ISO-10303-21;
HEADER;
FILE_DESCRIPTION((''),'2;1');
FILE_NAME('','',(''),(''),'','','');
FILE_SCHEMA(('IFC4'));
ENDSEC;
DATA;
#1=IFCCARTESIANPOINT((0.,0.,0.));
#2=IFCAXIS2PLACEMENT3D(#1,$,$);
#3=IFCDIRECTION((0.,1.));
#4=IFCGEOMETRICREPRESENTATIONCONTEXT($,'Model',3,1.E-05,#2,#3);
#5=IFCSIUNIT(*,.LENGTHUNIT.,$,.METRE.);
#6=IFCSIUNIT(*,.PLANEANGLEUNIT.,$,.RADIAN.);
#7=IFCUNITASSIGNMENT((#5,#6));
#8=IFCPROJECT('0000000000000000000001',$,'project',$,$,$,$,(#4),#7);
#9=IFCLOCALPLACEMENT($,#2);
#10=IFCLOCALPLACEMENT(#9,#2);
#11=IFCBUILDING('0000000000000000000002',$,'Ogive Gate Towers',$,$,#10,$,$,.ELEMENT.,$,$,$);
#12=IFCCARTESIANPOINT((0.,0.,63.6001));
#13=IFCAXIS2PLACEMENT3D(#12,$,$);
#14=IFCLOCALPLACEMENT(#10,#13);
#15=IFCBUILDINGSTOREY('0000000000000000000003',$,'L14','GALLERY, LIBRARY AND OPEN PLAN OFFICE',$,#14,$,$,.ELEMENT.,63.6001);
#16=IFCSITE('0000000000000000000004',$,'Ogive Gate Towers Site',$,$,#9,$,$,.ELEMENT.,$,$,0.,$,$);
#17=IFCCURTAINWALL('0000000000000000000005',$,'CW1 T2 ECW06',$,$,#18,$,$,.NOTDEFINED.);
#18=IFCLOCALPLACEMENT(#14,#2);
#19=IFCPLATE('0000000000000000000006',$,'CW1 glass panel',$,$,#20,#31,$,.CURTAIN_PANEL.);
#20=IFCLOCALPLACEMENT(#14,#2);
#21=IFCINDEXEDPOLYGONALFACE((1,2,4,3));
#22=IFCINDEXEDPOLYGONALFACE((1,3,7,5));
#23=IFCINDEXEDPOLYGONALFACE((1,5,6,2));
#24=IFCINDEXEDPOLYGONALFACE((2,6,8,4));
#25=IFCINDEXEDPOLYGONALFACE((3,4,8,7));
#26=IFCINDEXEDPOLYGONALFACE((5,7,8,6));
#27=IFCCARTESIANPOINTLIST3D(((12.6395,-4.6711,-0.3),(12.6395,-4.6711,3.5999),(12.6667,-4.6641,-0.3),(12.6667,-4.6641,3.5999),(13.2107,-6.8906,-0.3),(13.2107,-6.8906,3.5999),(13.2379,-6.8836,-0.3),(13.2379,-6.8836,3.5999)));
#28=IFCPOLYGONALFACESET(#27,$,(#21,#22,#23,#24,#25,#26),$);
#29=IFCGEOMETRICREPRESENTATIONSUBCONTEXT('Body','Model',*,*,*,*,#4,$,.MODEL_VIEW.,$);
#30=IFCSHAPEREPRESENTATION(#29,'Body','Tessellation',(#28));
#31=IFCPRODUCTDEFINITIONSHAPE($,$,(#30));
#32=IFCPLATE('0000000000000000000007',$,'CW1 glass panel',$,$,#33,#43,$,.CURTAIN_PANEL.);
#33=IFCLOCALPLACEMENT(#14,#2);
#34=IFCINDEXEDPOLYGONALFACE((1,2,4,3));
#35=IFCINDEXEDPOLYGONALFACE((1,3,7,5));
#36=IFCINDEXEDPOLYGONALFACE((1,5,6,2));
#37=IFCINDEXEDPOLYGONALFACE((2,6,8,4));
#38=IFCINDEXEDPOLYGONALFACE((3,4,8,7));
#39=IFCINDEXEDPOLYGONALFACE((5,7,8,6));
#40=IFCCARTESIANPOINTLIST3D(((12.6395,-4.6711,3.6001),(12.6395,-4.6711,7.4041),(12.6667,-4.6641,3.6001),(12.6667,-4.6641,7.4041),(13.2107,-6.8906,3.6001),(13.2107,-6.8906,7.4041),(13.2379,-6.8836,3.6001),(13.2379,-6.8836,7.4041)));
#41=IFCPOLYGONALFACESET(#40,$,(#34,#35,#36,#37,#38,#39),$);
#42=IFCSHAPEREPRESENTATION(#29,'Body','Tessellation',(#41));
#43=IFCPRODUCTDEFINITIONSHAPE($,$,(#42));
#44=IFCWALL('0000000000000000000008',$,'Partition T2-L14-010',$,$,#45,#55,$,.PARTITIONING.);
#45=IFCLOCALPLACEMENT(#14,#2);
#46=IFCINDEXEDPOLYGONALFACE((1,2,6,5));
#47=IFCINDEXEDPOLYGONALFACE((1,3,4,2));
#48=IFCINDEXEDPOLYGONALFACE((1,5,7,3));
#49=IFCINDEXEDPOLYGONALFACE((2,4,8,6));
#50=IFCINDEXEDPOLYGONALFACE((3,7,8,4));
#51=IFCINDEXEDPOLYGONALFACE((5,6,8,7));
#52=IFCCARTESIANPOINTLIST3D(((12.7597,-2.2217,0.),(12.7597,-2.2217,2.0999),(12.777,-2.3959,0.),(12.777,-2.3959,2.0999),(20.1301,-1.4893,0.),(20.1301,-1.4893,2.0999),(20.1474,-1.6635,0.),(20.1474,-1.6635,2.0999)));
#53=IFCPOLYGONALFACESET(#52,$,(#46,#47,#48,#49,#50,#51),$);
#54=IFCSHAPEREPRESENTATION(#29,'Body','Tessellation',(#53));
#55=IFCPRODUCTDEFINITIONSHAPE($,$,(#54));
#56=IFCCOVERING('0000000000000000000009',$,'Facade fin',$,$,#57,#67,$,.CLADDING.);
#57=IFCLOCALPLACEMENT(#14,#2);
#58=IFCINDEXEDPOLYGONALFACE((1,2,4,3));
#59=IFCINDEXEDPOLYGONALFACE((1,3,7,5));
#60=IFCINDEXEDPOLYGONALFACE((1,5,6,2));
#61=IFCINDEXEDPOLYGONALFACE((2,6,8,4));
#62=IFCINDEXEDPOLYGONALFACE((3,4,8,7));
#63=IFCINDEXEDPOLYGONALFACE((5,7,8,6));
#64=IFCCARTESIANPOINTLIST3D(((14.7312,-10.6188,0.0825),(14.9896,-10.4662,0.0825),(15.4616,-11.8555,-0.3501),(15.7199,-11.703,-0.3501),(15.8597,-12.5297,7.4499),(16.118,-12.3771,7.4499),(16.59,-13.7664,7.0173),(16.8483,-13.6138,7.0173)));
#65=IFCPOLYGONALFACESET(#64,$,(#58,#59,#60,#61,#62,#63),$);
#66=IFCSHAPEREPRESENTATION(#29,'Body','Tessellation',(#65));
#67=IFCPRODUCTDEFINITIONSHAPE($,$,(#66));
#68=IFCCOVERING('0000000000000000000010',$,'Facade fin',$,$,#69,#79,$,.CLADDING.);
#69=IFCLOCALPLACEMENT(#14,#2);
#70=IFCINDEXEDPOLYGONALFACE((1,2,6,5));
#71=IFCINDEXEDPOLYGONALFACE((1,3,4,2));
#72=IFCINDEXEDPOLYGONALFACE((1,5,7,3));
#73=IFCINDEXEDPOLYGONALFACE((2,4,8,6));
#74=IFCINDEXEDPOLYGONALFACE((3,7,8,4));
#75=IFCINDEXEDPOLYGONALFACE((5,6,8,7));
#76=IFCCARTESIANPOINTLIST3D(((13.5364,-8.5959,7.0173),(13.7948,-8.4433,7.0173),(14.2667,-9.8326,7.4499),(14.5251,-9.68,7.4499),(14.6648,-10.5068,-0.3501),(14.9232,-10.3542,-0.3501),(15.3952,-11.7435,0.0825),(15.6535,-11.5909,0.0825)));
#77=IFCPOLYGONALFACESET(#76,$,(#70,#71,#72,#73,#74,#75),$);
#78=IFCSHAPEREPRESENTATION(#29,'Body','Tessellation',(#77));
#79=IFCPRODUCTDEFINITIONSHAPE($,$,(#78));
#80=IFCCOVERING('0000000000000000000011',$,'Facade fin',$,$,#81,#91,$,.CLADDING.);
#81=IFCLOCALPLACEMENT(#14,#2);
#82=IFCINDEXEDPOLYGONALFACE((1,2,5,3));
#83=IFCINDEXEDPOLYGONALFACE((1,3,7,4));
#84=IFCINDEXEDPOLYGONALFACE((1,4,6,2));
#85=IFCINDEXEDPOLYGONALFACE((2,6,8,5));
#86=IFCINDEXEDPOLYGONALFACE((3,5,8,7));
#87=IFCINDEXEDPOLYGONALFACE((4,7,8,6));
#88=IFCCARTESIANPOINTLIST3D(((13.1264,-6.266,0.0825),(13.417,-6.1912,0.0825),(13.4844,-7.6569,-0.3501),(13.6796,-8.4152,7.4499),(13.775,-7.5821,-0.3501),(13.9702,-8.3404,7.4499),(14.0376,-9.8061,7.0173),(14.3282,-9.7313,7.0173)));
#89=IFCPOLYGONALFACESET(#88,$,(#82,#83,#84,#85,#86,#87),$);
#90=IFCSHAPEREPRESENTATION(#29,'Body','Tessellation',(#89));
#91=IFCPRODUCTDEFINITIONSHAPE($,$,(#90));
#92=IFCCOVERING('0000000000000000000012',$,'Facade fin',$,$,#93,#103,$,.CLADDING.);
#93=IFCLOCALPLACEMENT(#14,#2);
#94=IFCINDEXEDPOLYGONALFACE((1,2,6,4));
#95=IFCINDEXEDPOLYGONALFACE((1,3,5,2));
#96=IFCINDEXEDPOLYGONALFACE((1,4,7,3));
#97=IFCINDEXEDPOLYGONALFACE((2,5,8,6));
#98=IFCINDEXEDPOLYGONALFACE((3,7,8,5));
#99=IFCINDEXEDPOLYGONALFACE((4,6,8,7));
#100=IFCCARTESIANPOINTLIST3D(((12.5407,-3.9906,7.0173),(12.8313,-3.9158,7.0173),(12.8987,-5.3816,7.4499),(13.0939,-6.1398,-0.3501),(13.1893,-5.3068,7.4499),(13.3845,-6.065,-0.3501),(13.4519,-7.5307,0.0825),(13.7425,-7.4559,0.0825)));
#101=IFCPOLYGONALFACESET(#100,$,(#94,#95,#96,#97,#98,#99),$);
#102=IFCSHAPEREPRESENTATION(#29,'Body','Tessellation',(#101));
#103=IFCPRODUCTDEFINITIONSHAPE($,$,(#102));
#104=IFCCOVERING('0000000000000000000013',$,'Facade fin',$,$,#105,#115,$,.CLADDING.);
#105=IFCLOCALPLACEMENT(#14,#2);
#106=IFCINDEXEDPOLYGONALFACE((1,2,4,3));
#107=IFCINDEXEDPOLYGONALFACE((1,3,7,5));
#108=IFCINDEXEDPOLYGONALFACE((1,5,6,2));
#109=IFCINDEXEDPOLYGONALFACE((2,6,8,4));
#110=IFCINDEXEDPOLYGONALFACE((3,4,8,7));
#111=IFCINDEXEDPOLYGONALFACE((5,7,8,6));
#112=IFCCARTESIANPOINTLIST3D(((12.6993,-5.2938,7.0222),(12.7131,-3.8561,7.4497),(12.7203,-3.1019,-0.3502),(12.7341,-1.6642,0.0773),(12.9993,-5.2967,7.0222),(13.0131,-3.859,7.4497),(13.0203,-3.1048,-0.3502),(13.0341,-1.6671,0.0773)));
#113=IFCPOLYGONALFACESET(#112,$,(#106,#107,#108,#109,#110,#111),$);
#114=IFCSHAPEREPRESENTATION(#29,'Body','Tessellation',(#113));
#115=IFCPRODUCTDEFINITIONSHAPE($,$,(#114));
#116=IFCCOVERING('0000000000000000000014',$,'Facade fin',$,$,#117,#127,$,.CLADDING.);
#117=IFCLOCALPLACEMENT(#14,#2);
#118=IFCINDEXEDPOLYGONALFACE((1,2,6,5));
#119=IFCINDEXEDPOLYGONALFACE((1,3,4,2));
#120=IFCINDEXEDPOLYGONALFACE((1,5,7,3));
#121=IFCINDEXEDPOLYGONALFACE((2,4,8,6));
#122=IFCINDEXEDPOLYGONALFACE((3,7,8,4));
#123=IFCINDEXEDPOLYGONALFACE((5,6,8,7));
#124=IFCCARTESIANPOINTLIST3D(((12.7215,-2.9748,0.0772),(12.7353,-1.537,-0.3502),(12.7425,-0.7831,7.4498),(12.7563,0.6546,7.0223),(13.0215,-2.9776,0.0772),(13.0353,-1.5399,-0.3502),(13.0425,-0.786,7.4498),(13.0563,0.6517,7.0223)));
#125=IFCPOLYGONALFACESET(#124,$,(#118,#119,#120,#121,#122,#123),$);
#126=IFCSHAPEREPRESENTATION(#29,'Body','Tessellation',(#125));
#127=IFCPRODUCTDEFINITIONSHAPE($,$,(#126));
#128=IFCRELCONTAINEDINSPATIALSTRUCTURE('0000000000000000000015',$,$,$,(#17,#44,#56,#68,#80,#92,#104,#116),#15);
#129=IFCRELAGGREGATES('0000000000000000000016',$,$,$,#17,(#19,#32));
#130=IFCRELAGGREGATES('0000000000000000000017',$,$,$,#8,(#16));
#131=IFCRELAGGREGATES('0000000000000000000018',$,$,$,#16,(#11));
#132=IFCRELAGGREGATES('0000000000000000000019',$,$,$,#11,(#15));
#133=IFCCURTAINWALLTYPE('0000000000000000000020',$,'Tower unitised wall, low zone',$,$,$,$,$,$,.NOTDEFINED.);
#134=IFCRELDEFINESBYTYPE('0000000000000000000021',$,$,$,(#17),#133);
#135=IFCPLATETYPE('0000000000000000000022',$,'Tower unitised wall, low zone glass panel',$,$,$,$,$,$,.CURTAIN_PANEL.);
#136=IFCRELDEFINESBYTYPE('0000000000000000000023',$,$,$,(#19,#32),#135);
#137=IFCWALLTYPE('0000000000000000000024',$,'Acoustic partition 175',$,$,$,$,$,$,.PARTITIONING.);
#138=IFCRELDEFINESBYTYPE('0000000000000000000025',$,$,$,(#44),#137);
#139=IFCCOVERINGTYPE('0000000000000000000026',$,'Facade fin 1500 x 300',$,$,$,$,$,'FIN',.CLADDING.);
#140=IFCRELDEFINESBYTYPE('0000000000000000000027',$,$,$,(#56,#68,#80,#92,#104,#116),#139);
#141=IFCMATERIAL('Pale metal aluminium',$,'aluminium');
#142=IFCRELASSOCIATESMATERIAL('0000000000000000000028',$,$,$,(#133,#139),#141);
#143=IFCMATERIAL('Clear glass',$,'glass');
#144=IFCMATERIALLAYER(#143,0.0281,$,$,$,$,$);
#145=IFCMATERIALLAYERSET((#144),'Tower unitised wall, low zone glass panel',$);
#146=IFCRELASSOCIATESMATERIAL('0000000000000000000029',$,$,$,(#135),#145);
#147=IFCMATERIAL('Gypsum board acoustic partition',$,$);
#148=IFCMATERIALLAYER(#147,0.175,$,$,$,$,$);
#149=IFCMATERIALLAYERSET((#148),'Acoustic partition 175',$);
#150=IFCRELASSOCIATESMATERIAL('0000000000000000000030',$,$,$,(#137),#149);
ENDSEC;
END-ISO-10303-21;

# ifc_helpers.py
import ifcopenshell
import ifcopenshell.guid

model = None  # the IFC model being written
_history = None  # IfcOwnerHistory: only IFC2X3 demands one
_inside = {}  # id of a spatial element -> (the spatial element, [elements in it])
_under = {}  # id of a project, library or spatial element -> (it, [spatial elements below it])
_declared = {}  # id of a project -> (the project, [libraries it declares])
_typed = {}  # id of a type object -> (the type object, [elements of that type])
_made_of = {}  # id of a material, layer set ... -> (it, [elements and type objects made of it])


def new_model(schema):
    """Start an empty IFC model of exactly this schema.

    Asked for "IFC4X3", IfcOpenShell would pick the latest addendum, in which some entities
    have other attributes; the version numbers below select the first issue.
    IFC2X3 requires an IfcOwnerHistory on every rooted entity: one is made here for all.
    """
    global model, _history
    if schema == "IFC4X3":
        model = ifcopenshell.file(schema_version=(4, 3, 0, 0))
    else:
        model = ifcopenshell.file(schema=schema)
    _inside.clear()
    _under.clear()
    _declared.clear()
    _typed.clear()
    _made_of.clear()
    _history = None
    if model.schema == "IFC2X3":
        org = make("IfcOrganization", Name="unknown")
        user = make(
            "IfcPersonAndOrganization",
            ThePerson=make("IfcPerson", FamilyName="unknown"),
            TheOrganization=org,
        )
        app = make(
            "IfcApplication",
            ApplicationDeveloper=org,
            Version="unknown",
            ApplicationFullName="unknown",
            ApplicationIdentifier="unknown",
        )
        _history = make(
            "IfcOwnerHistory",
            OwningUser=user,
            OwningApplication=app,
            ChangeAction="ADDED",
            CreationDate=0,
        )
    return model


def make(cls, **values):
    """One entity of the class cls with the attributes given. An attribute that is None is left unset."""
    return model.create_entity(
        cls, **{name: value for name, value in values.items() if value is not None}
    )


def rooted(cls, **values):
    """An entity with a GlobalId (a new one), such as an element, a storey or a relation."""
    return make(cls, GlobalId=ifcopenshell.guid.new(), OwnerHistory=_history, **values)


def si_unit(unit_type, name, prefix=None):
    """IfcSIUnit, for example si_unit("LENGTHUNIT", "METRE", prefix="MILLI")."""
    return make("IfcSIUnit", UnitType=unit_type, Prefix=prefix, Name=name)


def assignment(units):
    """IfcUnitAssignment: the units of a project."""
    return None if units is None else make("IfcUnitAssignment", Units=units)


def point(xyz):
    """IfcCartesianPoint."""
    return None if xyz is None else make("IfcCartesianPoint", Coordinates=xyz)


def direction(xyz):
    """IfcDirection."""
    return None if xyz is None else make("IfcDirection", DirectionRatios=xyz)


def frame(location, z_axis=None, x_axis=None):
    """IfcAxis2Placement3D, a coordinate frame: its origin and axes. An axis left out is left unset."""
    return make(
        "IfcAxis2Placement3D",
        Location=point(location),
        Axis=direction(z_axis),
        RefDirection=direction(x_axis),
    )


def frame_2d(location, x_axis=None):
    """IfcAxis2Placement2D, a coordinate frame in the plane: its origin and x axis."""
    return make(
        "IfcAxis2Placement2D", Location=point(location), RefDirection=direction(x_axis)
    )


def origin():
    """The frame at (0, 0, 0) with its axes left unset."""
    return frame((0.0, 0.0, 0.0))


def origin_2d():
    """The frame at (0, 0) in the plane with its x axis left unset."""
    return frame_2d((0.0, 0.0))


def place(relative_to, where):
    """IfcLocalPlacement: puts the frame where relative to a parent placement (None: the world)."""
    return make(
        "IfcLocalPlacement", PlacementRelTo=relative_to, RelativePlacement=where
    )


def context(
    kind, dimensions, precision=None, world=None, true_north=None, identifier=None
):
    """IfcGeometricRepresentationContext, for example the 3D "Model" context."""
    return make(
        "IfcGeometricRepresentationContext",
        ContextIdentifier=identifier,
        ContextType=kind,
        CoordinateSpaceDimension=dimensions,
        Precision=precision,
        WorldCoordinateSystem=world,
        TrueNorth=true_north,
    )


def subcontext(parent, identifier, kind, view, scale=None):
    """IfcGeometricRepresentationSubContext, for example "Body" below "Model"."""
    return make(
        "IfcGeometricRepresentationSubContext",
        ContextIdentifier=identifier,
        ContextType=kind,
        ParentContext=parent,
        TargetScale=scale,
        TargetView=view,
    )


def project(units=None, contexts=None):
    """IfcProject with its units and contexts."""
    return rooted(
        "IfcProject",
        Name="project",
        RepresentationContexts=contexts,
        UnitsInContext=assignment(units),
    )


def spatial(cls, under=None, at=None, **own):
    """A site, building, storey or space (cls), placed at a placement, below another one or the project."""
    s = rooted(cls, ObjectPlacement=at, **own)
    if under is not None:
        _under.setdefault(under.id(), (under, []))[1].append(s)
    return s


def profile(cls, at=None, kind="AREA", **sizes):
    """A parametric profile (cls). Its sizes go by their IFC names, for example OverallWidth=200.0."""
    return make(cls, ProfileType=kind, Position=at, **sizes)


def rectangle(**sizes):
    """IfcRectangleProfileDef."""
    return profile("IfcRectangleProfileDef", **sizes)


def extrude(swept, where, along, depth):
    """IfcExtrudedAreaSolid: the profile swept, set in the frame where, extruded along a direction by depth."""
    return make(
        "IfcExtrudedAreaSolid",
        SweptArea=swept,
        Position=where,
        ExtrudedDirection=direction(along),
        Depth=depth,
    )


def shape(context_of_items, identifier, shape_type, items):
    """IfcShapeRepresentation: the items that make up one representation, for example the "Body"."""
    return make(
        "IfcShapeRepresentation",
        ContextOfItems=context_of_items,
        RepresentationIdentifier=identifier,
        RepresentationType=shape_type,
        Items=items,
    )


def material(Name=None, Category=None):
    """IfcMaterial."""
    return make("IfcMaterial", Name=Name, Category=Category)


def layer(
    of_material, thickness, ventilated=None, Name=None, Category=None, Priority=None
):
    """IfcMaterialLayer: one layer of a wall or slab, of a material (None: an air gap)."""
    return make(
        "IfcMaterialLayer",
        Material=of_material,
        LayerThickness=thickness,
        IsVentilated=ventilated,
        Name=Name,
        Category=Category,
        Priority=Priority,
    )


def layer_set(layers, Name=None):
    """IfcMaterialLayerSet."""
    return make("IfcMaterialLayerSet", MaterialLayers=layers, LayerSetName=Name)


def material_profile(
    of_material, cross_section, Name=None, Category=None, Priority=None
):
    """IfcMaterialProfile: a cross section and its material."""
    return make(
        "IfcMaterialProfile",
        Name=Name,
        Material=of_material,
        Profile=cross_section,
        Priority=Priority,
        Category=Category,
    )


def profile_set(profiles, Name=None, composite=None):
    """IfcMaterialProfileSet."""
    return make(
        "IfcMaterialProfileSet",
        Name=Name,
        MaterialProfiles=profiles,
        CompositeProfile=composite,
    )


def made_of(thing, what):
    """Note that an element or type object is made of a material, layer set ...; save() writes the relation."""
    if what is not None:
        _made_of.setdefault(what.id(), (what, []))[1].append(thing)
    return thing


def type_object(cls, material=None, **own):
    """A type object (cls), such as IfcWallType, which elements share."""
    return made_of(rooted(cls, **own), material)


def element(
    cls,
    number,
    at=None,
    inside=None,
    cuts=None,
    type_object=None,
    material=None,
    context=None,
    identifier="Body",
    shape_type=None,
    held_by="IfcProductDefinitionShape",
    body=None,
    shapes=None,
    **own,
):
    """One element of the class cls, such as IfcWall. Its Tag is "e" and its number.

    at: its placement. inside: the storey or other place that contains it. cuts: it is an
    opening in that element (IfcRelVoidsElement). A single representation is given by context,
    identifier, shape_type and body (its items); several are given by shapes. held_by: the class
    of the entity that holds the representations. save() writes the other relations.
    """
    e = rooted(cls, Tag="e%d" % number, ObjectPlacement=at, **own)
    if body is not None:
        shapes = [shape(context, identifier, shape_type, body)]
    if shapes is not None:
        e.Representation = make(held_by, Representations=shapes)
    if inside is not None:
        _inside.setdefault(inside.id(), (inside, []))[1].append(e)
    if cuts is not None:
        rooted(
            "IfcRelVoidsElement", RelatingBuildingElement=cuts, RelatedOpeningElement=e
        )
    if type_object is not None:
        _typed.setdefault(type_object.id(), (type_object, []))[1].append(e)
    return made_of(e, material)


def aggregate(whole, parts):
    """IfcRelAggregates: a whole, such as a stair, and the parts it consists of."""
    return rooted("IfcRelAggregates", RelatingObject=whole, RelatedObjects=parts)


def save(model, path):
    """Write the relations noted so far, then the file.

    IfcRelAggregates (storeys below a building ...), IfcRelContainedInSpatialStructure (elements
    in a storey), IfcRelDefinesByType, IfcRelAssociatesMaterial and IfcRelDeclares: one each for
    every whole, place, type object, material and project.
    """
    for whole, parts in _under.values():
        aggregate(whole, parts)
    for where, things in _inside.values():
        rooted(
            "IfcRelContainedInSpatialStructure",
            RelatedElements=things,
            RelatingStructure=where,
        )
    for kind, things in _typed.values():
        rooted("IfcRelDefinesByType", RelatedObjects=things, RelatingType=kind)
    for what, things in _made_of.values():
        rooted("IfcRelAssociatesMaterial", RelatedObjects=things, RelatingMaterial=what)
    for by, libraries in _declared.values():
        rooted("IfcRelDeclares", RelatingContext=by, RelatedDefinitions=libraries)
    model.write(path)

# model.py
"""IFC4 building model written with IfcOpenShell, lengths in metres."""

from ifc_helpers import new_model, si_unit, direction, frame, frame_2d, origin, origin_2d, place, context, subcontext, project, spatial, rectangle, extrude, material, layer, layer_set, material_profile, profile_set, type_object, element, aggregate, save


model = new_model("IFC4")

# Units and contexts
model_context = context("Model", 3, precision=1e-05, world=origin(), true_north=direction((0.0, 1.0)))
body_context = subcontext(model_context, "Body", "Model", "MODEL_VIEW")
ifc_project = project(units=[si_unit("LENGTHUNIT", "METRE"), si_unit("PLANEANGLEUNIT", "RADIAN")], contexts=[model_context])

# Site, building, storey
site_placement = place(None, origin())
site = spatial("IfcSite", under=ifc_project, at=site_placement, Name="Ogive Gate Towers Site", CompositionType="ELEMENT", RefElevation=0.0)
building_placement = place(site_placement, origin())
building = spatial("IfcBuilding", under=site, at=building_placement, Name="Ogive Gate Towers", CompositionType="ELEMENT")
storey_placement = place(building_placement, frame((0.0, 0.0, 63.6001)))
storey = spatial("IfcBuildingStorey", under=building, at=storey_placement, Name="L14", Description="GALLERY, LIBRARY AND OPEN PLAN OFFICE", CompositionType="ELEMENT", Elevation=63.6001)

# Curtain wall, plates
ifc_material_1 = material(Name="Pale metal aluminium", Category="aluminium")
curtain_wall_type = type_object("IfcCurtainWallType", Name="Tower unitised wall, low zone", PredefinedType="NOTDEFINED", material=ifc_material_1)
curtain_wall_placement = place(storey_placement, origin())
curtain_wall = element("IfcCurtainWall", 1, at=curtain_wall_placement, inside=storey, type_object=curtain_wall_type, Name="CW1 T2 ECW06", PredefinedType="NOTDEFINED")
ifc_material_2 = material(Name="Clear glass", Category="glass")
ifc_layer_1 = layer(ifc_material_2, 0.0281)
ifc_layer_set_1 = layer_set([ifc_layer_1], Name="Tower unitised wall, low zone glass panel")
plate_type = type_object("IfcPlateType", Name="Tower unitised wall, low zone glass panel", PredefinedType="CURTAIN_PANEL", material=ifc_layer_set_1)
plate_1_placement = place(storey_placement, frame((12.9387, -5.7773, -0.3), z_axis=(0.0, 0.0, 1.0), x_axis=(-0.249248, 0.96844, 0.0)))
plate_1 = element("IfcPlate", 2, at=plate_1_placement, type_object=plate_type, Name="CW1 glass panel", PredefinedType="CURTAIN_PANEL", context=body_context, shape_type="SweptSolid", body=[
    extrude(rectangle(XDim=2.2917, YDim=0.0281, at=origin_2d()), origin(), (0.0, 0.0, 1.0), 3.8999),
])
plate_2_placement = place(storey_placement, frame((12.9387, -5.7773, 3.6001), z_axis=(0.0, 0.0, 1.0), x_axis=(-0.249248, 0.96844, 0.0)))
plate_2 = element("IfcPlate", 3, at=plate_2_placement, type_object=plate_type, Name="CW1 glass panel", PredefinedType="CURTAIN_PANEL", context=body_context, shape_type="SweptSolid", body=[
    extrude(rectangle(XDim=2.2917, YDim=0.0281, at=origin_2d()), origin(), (0.0, 0.0, 1.0), 3.804),
])
aggregate(curtain_wall, [plate_1, plate_2])

# Wall
ifc_material_3 = material(Name="Gypsum board acoustic partition")
ifc_layer_2 = layer(ifc_material_3, 0.175)
ifc_layer_set_2 = layer_set([ifc_layer_2], Name="Acoustic partition 175")
wall_type = type_object("IfcWallType", Name="Acoustic partition 175", PredefinedType="PARTITIONING", material=ifc_layer_set_2)
wall_placement = place(storey_placement, frame((12.7683, -2.3088, 0.0), z_axis=(0.0, 0.0, 1.0), x_axis=(0.995099, 0.098887, 0.0)))
element("IfcWall", 4, at=wall_placement, inside=storey, type_object=wall_type, Name="Partition T2-L14-010", PredefinedType="PARTITIONING", context=body_context, shape_type="SweptSolid", body=[
    extrude(rectangle(XDim=7.4067, YDim=0.175, at=frame_2d((3.7034, 0.0))), origin(), (0.0, 0.0, 1.0), 2.0999),
])

# Coverings
ifc_material_profile_1 = material_profile(ifc_material_1, rectangle(XDim=0.3, YDim=1.5, at=origin_2d()), Name="1500 x 300 pale metal aluminium")
ifc_profile_set_1 = profile_set([ifc_material_profile_1], Name="Pale metal aluminium")
covering_type = type_object("IfcCoveringType", Name="Facade fin 1500 x 300", ElementType="FIN", PredefinedType="CLADDING", material=ifc_profile_set_1)
for number, where, z_axis, x_axis, name in (
    (5, (15.2256, -11.1609, -0.1338), (0.146654, -0.248348, 0.957505), (0.861073, 0.508481, 0.0), "Facade fin"),
    (6, (15.1592, -11.0488, -0.1338), (-0.146654, 0.248348, 0.957505), (-0.861073, -0.508481, 0.0), "Facade fin"),
    (7, (13.4507, -6.9241, -0.1338), (0.071899, -0.279316, 0.957504), (0.96843, 0.249286, 0.0), "Facade fin"),
    (8, (13.4182, -6.7979, -0.1338), (-0.071899, 0.279316, 0.957504), (-0.96843, -0.249286, 0.0), "Facade fin"),
):
    element("IfcCovering", number, at=place(storey_placement, frame(where, z_axis=z_axis, x_axis=x_axis)), inside=storey, type_object=covering_type, Name=name, PredefinedType="CLADDING", context=body_context, shape_type="SweptSolid", body=[
        extrude(rectangle(XDim=0.3, YDim=1.5, at=origin_2d()), origin(), (0.0, 0.0, 1.0), 7.6943),
    ])
for number, where, z_axis, x_axis, name in (
    (9, (12.8772, -2.3845, -0.1365), (-0.00273, -0.284976, 0.958531), (0.999954, -0.009579, 0.0), "Facade fin"),
    (10, (12.8784, -2.2573, -0.1365), (0.00273, 0.284946, 0.95854), (-0.999954, 0.00958, 0.0), "Facade fin"),
):
    element("IfcCovering", number, at=place(storey_placement, frame(where, z_axis=z_axis, x_axis=x_axis)), inside=storey, type_object=covering_type, Name=name, PredefinedType="CLADDING", context=body_context, shape_type="SweptSolid", body=[
        extrude(rectangle(XDim=0.3, YDim=1.5, at=origin_2d()), origin(), (0.0, 0.0, 1.0), 7.6914),
    ])

save(model, "model.ifc")
